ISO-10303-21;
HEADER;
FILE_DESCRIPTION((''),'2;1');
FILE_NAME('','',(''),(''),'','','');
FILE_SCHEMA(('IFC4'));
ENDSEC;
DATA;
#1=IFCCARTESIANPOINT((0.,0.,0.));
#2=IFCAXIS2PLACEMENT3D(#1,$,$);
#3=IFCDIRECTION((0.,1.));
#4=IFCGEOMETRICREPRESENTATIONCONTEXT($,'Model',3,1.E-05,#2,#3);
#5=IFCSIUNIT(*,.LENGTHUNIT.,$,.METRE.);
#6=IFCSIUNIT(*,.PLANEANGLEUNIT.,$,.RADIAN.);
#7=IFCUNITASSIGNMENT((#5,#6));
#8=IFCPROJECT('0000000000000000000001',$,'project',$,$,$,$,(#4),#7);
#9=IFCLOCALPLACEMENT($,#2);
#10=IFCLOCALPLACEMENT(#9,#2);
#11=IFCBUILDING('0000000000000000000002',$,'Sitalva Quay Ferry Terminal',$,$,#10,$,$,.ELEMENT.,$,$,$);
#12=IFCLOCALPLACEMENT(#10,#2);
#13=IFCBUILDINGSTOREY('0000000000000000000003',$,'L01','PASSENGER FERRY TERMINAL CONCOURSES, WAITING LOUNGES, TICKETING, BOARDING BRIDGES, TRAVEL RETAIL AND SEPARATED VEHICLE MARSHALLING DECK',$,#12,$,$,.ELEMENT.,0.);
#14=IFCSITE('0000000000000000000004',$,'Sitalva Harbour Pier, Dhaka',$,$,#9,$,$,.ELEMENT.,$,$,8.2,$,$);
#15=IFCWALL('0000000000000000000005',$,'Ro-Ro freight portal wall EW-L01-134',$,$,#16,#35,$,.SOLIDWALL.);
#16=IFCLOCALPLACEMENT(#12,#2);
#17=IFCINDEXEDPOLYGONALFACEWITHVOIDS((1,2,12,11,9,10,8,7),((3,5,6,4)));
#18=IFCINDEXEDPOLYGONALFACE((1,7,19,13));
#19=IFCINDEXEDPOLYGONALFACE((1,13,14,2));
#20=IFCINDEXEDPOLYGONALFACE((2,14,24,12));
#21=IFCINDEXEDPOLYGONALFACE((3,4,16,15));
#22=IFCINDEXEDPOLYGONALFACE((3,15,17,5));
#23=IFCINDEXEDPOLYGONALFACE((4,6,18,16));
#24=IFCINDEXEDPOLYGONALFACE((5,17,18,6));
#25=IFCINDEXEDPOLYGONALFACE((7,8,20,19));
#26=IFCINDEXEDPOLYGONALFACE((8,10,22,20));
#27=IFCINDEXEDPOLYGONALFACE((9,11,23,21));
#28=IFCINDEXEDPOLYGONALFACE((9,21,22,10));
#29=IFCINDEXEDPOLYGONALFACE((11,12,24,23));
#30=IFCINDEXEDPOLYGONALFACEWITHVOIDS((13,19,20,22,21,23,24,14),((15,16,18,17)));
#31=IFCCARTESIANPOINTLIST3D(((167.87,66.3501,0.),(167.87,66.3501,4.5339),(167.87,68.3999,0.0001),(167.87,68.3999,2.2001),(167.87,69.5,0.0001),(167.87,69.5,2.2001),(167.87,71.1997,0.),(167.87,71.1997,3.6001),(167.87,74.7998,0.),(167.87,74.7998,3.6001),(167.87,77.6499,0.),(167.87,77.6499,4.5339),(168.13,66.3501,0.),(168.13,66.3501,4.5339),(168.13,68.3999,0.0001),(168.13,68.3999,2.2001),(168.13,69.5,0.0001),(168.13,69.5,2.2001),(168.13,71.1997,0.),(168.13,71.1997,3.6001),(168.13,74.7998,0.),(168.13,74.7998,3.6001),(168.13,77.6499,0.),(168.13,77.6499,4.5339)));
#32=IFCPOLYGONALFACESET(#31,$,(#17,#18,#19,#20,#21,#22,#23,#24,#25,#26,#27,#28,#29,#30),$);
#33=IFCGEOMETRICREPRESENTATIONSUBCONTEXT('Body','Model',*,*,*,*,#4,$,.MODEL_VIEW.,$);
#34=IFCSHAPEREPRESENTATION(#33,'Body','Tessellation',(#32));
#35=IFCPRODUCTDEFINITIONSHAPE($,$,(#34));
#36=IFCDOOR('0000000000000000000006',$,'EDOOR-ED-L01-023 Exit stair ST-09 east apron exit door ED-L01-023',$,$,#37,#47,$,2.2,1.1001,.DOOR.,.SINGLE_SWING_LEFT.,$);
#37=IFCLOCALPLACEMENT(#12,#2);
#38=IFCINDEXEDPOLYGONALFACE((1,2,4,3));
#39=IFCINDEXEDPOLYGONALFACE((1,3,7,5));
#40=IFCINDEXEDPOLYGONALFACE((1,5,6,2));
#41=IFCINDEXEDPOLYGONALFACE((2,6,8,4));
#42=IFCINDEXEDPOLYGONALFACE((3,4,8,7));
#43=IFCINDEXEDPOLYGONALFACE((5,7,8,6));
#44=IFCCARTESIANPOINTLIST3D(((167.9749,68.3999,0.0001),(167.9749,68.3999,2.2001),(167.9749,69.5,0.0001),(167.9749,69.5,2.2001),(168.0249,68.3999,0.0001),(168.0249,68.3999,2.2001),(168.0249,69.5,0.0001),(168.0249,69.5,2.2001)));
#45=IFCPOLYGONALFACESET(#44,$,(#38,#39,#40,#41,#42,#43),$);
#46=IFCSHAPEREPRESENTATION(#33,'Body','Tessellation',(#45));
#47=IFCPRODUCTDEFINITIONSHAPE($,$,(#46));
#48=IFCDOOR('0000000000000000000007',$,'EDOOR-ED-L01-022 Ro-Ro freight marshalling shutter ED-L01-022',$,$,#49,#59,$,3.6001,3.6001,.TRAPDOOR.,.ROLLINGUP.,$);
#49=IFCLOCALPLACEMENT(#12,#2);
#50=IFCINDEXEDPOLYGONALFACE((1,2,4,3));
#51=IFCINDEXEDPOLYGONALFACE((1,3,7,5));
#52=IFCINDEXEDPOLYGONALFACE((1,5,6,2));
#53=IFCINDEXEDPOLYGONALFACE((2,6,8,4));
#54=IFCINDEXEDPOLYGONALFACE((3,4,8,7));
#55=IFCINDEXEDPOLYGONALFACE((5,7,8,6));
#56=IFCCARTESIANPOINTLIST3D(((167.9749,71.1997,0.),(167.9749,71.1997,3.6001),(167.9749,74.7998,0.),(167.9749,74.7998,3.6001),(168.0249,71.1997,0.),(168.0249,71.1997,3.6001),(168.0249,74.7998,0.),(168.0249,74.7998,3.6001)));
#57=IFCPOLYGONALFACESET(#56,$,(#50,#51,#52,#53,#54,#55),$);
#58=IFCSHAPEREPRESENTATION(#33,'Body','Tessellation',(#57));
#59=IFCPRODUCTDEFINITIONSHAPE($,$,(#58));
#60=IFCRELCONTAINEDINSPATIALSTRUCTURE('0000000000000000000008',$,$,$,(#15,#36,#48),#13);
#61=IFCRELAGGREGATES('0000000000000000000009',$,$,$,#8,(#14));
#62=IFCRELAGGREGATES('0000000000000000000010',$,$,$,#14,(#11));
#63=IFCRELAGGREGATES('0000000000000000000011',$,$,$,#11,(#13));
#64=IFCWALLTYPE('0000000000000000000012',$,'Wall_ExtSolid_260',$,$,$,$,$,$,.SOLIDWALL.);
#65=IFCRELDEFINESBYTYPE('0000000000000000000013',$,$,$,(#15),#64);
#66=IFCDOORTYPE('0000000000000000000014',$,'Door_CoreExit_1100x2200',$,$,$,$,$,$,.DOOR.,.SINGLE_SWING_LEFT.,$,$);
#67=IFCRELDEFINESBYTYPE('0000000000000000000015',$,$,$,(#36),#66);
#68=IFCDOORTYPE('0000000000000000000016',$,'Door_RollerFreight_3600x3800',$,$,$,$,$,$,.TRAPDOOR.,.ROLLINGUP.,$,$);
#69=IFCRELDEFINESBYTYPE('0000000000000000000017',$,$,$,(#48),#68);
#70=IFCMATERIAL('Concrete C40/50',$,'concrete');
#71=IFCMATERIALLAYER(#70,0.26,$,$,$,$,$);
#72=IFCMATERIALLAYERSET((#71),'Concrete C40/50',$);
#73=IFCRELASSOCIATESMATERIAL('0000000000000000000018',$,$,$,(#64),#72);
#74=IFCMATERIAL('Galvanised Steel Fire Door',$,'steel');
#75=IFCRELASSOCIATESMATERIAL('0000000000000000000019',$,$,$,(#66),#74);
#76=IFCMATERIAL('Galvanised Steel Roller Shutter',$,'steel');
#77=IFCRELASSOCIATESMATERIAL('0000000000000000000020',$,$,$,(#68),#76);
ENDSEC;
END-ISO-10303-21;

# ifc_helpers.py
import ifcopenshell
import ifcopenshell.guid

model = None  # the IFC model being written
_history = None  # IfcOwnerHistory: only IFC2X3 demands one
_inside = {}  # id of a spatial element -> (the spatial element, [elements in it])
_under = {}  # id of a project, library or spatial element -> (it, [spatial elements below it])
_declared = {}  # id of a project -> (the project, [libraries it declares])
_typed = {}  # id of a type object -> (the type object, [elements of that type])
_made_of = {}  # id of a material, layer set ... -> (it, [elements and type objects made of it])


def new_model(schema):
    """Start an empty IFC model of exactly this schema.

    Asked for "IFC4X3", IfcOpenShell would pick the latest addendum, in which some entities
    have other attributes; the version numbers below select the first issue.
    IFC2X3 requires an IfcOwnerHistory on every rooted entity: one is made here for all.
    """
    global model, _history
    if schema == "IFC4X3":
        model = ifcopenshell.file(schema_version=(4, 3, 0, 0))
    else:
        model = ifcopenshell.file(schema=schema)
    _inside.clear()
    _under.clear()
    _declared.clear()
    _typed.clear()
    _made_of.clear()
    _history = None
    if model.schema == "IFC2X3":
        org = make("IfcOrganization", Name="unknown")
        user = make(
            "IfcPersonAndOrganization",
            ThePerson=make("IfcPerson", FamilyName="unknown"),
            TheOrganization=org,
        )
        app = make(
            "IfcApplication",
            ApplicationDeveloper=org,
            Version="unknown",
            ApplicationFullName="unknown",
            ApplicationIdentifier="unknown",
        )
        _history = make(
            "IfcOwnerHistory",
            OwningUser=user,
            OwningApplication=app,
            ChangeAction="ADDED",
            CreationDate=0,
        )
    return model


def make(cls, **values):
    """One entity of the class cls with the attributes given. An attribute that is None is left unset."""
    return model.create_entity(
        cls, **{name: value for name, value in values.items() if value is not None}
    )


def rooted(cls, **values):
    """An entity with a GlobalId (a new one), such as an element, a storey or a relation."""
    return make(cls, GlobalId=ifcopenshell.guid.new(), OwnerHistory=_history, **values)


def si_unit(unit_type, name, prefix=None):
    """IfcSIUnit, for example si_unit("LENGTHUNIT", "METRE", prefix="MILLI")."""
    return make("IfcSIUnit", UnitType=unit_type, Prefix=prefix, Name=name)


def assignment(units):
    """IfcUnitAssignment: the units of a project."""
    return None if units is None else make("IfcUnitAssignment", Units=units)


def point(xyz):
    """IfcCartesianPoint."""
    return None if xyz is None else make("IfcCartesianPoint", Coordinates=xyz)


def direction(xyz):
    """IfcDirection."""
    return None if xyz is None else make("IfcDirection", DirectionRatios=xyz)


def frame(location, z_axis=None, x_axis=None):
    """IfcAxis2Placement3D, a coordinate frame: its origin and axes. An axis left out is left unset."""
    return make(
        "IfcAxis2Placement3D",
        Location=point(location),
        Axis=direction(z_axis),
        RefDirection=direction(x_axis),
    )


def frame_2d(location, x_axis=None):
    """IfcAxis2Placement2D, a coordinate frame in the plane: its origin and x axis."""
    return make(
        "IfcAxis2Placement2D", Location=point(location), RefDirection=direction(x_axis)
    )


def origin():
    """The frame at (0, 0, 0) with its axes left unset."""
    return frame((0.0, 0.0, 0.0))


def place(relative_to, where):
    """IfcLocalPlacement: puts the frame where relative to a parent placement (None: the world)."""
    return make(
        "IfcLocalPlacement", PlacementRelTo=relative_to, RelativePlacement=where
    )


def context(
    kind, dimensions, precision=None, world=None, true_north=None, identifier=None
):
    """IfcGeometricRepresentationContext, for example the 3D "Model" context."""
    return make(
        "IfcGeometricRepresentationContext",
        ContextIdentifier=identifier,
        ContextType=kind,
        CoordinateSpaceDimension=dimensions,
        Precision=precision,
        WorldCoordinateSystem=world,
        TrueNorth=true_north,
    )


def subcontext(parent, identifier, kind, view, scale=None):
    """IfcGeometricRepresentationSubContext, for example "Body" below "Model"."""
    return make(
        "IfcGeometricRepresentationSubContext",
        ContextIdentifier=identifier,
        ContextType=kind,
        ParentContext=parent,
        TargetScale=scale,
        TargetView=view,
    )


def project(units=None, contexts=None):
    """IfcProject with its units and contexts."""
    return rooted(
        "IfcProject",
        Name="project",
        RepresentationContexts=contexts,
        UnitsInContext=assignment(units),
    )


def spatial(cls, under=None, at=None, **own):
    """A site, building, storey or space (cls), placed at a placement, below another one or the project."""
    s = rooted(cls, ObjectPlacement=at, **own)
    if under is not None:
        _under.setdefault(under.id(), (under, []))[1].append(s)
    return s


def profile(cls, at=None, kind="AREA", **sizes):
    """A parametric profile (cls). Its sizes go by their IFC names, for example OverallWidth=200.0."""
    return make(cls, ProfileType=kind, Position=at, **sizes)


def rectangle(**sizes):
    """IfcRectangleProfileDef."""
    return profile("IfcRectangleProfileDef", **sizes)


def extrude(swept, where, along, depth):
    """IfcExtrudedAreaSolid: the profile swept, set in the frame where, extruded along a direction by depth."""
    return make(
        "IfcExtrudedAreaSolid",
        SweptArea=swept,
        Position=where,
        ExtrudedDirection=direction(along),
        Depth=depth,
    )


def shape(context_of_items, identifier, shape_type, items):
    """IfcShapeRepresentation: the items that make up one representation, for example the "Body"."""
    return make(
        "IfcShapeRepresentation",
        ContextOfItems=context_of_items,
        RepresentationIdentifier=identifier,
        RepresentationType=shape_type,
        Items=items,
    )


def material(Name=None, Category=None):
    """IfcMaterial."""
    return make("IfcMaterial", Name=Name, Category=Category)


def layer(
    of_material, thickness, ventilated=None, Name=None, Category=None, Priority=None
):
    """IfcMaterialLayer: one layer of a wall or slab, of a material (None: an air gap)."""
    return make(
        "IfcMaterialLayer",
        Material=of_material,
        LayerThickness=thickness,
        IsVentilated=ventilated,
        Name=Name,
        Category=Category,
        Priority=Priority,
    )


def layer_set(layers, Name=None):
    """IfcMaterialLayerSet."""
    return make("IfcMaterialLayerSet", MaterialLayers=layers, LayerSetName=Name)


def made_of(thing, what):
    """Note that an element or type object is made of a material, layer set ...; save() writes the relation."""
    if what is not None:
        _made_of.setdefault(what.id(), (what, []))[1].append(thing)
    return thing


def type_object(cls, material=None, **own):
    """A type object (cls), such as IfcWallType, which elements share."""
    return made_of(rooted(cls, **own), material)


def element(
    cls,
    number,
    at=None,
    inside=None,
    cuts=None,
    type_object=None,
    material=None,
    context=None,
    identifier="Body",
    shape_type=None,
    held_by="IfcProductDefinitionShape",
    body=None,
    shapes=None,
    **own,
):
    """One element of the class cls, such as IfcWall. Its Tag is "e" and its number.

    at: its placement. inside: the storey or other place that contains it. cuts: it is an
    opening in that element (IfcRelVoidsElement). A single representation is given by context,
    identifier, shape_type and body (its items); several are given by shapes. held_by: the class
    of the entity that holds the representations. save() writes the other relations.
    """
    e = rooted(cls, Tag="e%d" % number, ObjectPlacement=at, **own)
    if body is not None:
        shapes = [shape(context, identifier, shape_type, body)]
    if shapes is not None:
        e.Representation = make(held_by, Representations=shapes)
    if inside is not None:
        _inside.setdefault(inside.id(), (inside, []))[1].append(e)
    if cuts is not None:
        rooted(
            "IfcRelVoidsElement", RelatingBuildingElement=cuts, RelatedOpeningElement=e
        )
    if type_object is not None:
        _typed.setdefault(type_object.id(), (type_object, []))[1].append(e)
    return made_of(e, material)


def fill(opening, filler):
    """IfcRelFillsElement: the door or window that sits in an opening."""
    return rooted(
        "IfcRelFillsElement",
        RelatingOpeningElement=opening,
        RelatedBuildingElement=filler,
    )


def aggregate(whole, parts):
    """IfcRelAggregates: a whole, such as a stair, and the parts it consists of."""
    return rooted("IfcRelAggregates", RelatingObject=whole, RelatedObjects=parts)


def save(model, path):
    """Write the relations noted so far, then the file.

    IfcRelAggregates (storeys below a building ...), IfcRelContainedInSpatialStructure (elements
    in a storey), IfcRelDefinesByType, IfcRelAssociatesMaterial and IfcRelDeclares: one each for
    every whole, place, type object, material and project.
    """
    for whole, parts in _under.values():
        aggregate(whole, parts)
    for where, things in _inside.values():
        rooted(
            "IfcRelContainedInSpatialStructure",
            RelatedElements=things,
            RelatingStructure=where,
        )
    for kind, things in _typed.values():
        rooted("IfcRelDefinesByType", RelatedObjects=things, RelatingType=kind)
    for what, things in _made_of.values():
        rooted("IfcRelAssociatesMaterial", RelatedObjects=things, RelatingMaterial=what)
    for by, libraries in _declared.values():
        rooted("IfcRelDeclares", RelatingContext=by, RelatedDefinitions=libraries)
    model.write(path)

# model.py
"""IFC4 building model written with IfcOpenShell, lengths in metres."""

from ifc_helpers import new_model, si_unit, direction, frame, frame_2d, origin, place, context, subcontext, project, spatial, rectangle, extrude, material, layer, layer_set, type_object, element, fill, save


model = new_model("IFC4")

# Units and contexts
model_context = context("Model", 3, precision=1e-05, world=origin(), true_north=direction((0.0, 1.0)))
body_context = subcontext(model_context, "Body", "Model", "MODEL_VIEW")
ifc_project = project(units=[si_unit("LENGTHUNIT", "METRE"), si_unit("PLANEANGLEUNIT", "RADIAN")], contexts=[model_context])

# Site, building, storey
site_placement = place(None, origin())
site = spatial("IfcSite", under=ifc_project, at=site_placement, Name="Sitalva Harbour Pier, Dhaka", CompositionType="ELEMENT", RefElevation=8.2)
building_placement = place(site_placement, origin())
building = spatial("IfcBuilding", under=site, at=building_placement, Name="Sitalva Quay Ferry Terminal", CompositionType="ELEMENT")
storey_placement = place(building_placement, origin())
storey = spatial("IfcBuildingStorey", under=building, at=storey_placement, Name="L01", Description="PASSENGER FERRY TERMINAL CONCOURSES, WAITING LOUNGES, TICKETING, BOARDING BRIDGES, TRAVEL RETAIL AND SEPARATED VEHICLE MARSHALLING DECK", CompositionType="ELEMENT", Elevation=0.0)

# Wall, openings, doors
ifc_material_1 = material(Name="Concrete C40/50", Category="concrete")
ifc_layer = layer(ifc_material_1, 0.26)
ifc_layer_set = layer_set([ifc_layer], Name="Concrete C40/50")
wall_type = type_object("IfcWallType", Name="Wall_ExtSolid_260", PredefinedType="SOLIDWALL", material=ifc_layer_set)
wall_placement = place(storey_placement, frame((168.0, 77.6499, 0.0), z_axis=(0.0, 0.0, 1.0), x_axis=(0.0, -1.0, 0.0)))
wall = element("IfcWall", 1, at=wall_placement, inside=storey, type_object=wall_type, Name="Ro-Ro freight portal wall EW-L01-134", PredefinedType="SOLIDWALL", context=body_context, shape_type="SweptSolid", body=[
    extrude(rectangle(XDim=11.2998, YDim=0.26, at=frame_2d((5.6499, 0.0))), origin(), (0.0, 0.0, 1.0), 4.5339),
])
opening_1_placement = place(wall_placement, frame((2.8501, 0.0, 0.0)))
opening_1 = element("IfcOpeningElement", 2, at=opening_1_placement, cuts=wall, PredefinedType="OPENING", context=body_context, shape_type="SweptSolid", body=[
    extrude(rectangle(XDim=3.6001, YDim=3.6001, at=frame_2d((1.8, 1.8))), frame((0.0, 0.1399, 0.0), z_axis=(0.0, -1.0, 0.0), x_axis=(1.0, 0.0, 0.0)), (0.0, 0.0, 1.0), 0.28),
])
opening_2_placement = place(wall_placement, frame((8.1499, 0.0, 0.0)))
opening_2 = element("IfcOpeningElement", 3, at=opening_2_placement, cuts=wall, PredefinedType="OPENING", context=body_context, shape_type="SweptSolid", body=[
    extrude(rectangle(XDim=1.1001, YDim=2.2, at=frame_2d((0.55, 1.1001))), frame((0.0, 0.1399, 0.0), z_axis=(0.0, -1.0, 0.0), x_axis=(1.0, 0.0, 0.0)), (0.0, 0.0, 1.0), 0.28),
])
ifc_material_2 = material(Name="Galvanised Steel Fire Door", Category="steel")
door_type_1 = type_object("IfcDoorType", Name="Door_CoreExit_1100x2200", OperationType="SINGLE_SWING_LEFT", PredefinedType="DOOR", material=ifc_material_2)
door_1_placement = place(opening_2_placement, origin())
door_1 = element("IfcDoor", 4, at=door_1_placement, inside=storey, type_object=door_type_1, Name="EDOOR-ED-L01-023 Exit stair ST-09 east apron exit door ED-L01-023", OperationType="SINGLE_SWING_LEFT", OverallHeight=2.2, OverallWidth=1.1001, PredefinedType="DOOR", context=body_context, shape_type="SweptSolid", body=[
    extrude(rectangle(XDim=1.1001, YDim=2.2, at=frame_2d((0.55, 1.1001))), frame((0.0, 0.0249, 0.0), z_axis=(0.0, -1.0, 0.0), x_axis=(1.0, 0.0, 0.0)), (0.0, 0.0, 1.0), 0.05),
])
fill(opening_2, door_1)
ifc_material_3 = material(Name="Galvanised Steel Roller Shutter", Category="steel")
door_type_2 = type_object("IfcDoorType", Name="Door_RollerFreight_3600x3800", OperationType="ROLLINGUP", PredefinedType="TRAPDOOR", material=ifc_material_3)
door_2_placement = place(opening_1_placement, origin())
door_2 = element("IfcDoor", 5, at=door_2_placement, inside=storey, type_object=door_type_2, Name="EDOOR-ED-L01-022 Ro-Ro freight marshalling shutter ED-L01-022", OperationType="ROLLINGUP", OverallHeight=3.6001, OverallWidth=3.6001, PredefinedType="TRAPDOOR", context=body_context, shape_type="SweptSolid", body=[
    extrude(rectangle(XDim=3.6001, YDim=3.6001, at=frame_2d((1.8, 1.8))), frame((0.0, 0.0249, 0.0), z_axis=(0.0, -1.0, 0.0), x_axis=(1.0, 0.0, 0.0)), (0.0, 0.0, 1.0), 0.05),
])
fill(opening_1, door_2)

save(model, "model.ifc")
